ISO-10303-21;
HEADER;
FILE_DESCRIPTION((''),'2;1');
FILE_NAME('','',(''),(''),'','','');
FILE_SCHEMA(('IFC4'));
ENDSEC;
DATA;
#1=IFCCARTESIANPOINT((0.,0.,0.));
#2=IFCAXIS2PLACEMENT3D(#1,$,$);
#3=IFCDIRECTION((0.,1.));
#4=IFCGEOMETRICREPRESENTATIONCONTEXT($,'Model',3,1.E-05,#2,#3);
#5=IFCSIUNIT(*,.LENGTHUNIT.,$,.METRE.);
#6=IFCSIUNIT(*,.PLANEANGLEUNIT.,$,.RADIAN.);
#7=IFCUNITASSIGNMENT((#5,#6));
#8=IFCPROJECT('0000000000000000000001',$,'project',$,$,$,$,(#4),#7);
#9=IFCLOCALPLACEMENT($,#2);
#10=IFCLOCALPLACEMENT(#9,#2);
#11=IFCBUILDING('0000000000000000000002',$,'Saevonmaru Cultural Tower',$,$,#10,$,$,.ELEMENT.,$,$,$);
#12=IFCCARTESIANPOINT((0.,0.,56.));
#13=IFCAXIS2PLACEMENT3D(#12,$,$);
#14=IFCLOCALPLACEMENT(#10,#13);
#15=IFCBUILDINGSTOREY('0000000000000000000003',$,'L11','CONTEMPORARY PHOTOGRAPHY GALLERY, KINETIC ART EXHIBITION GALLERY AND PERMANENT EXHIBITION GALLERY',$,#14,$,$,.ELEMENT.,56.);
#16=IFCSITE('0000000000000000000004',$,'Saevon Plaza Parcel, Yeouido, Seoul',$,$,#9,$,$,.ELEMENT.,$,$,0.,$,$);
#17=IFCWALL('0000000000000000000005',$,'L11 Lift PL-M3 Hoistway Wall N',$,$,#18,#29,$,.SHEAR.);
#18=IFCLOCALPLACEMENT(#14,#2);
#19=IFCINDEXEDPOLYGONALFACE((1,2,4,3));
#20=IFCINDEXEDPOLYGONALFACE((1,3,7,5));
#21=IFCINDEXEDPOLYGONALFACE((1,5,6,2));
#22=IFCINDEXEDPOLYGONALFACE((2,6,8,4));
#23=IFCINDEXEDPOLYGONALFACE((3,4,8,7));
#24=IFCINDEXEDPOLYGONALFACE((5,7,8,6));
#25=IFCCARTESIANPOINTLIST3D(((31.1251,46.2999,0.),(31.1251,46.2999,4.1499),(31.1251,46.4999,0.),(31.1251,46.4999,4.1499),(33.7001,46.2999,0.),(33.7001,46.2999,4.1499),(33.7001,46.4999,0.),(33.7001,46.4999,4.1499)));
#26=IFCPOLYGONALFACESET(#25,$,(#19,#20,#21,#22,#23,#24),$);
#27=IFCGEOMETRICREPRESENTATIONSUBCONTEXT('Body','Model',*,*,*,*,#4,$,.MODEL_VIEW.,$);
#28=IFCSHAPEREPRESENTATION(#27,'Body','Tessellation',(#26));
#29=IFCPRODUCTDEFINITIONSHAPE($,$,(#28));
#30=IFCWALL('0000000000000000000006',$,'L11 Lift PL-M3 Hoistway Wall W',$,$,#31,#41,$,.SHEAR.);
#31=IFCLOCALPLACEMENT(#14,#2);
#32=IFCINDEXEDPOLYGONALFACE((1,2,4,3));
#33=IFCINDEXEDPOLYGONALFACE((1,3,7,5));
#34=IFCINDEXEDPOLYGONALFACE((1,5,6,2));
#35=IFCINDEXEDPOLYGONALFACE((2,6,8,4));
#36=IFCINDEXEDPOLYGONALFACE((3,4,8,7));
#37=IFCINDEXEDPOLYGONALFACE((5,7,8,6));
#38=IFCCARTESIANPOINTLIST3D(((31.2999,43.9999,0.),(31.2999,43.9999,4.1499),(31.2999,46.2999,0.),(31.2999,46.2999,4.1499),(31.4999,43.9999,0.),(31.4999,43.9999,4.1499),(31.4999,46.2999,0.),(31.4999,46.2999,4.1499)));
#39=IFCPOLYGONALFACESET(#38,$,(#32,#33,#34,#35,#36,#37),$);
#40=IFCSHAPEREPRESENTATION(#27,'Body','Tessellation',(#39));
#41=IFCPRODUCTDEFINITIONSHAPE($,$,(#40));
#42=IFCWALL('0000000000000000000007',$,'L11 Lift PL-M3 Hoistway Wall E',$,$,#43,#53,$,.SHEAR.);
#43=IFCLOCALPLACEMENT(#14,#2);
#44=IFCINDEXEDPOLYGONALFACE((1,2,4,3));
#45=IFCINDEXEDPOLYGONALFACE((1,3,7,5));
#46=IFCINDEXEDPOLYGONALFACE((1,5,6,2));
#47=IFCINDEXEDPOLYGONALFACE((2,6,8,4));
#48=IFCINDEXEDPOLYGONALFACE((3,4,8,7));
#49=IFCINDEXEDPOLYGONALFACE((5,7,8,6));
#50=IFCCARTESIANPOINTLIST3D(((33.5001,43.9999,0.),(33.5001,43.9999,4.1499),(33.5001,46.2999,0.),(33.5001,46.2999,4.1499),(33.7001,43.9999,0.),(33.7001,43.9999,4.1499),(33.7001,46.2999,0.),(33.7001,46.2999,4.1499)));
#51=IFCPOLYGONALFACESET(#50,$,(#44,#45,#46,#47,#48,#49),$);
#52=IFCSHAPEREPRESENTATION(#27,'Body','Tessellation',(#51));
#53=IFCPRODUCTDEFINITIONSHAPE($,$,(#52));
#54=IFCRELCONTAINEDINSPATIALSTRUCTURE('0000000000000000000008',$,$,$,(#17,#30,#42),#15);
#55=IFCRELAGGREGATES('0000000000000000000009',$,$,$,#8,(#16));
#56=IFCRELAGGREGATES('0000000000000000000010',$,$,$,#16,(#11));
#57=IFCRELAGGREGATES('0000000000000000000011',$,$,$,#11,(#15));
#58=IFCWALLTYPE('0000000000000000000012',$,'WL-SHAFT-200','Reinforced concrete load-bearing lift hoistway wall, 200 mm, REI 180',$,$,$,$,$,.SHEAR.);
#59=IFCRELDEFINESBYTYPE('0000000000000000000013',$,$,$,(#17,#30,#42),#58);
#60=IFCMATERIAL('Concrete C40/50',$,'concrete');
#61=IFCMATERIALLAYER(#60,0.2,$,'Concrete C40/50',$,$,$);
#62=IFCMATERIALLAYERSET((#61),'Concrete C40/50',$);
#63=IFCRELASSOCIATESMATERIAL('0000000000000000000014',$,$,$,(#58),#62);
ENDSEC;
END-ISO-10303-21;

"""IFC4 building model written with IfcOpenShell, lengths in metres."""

from ifc_helpers import new_model, si_unit, direction, frame, frame_2d, origin, place, context, subcontext, project, spatial, rectangle, extrude, material, layer, layer_set, type_object, element, save


model = new_model("IFC4")

# Units and contexts
model_context = context("Model", 3, precision=1e-05, world=origin(), true_north=direction((0.0, 1.0)))
body_context = subcontext(model_context, "Body", "Model", "MODEL_VIEW")
ifc_project = project(units=[si_unit("LENGTHUNIT", "METRE"), si_unit("PLANEANGLEUNIT", "RADIAN")], contexts=[model_context])

# Site, building, storey
site_placement = place(None, origin())
site = spatial("IfcSite", under=ifc_project, at=site_placement, Name="Saevon Plaza Parcel, Yeouido, Seoul", CompositionType="ELEMENT", RefElevation=0.0)
building_placement = place(site_placement, origin())
building = spatial("IfcBuilding", under=site, at=building_placement, Name="Saevonmaru Cultural Tower", CompositionType="ELEMENT")
storey_placement = place(building_placement, frame((0.0, 0.0, 56.0)))
storey = spatial("IfcBuildingStorey", under=building, at=storey_placement, Name="L11", Description="CONTEMPORARY PHOTOGRAPHY GALLERY, KINETIC ART EXHIBITION GALLERY AND PERMANENT EXHIBITION GALLERY", CompositionType="ELEMENT", Elevation=56.0)

# Walls
ifc_material_1 = material(Name="Concrete C40/50", Category="concrete")
ifc_layer_1 = layer(ifc_material_1, 0.2, Name="Concrete C40/50")
ifc_layer_set_1 = layer_set([ifc_layer_1], Name="Concrete C40/50")
wall_type_1 = type_object("IfcWallType", Name="WL-SHAFT-200", Description="Reinforced concrete load-bearing lift hoistway wall, 200 mm, REI 180", PredefinedType="SHEAR", material=ifc_layer_set_1)
for number, where, z_axis, x_axis, name in (
    (1, (31.125, 46.3999, 0.0), (0.0, 0.0, 1.0), (1.0, 0.0, 0.0), "L11 Lift PL-M3 Hoistway Wall N"),
):
    element("IfcWall", number, at=place(storey_placement, frame(where, z_axis=z_axis, x_axis=x_axis)), inside=storey, type_object=wall_type_1, Name=name, PredefinedType="SHEAR", context=body_context, shape_type="SweptSolid", body=[
        extrude(rectangle(XDim=2.575, YDim=0.2, at=frame_2d((1.2876, 0.0))), origin(), (0.0, 0.0, 1.0), 4.1499),
    ])
for number, where, z_axis, x_axis, name in (
    (2, (31.3999, 44.0, 0.0), (0.0, 0.0, 1.0), (0.0, 1.0, 0.0), "L11 Lift PL-M3 Hoistway Wall W"),
    (3, (33.6001, 44.0, 0.0), (0.0, 0.0, 1.0), (0.0, 1.0, 0.0), "L11 Lift PL-M3 Hoistway Wall E"),
):
    element("IfcWall", number, at=place(storey_placement, frame(where, z_axis=z_axis, x_axis=x_axis)), inside=storey, type_object=wall_type_1, Name=name, PredefinedType="SHEAR", context=body_context, shape_type="SweptSolid", body=[
        extrude(rectangle(XDim=2.3, YDim=0.2, at=frame_2d((1.1499, 0.0))), origin(), (0.0, 0.0, 1.0), 4.1499),
    ])

save(model, "model.ifc")
